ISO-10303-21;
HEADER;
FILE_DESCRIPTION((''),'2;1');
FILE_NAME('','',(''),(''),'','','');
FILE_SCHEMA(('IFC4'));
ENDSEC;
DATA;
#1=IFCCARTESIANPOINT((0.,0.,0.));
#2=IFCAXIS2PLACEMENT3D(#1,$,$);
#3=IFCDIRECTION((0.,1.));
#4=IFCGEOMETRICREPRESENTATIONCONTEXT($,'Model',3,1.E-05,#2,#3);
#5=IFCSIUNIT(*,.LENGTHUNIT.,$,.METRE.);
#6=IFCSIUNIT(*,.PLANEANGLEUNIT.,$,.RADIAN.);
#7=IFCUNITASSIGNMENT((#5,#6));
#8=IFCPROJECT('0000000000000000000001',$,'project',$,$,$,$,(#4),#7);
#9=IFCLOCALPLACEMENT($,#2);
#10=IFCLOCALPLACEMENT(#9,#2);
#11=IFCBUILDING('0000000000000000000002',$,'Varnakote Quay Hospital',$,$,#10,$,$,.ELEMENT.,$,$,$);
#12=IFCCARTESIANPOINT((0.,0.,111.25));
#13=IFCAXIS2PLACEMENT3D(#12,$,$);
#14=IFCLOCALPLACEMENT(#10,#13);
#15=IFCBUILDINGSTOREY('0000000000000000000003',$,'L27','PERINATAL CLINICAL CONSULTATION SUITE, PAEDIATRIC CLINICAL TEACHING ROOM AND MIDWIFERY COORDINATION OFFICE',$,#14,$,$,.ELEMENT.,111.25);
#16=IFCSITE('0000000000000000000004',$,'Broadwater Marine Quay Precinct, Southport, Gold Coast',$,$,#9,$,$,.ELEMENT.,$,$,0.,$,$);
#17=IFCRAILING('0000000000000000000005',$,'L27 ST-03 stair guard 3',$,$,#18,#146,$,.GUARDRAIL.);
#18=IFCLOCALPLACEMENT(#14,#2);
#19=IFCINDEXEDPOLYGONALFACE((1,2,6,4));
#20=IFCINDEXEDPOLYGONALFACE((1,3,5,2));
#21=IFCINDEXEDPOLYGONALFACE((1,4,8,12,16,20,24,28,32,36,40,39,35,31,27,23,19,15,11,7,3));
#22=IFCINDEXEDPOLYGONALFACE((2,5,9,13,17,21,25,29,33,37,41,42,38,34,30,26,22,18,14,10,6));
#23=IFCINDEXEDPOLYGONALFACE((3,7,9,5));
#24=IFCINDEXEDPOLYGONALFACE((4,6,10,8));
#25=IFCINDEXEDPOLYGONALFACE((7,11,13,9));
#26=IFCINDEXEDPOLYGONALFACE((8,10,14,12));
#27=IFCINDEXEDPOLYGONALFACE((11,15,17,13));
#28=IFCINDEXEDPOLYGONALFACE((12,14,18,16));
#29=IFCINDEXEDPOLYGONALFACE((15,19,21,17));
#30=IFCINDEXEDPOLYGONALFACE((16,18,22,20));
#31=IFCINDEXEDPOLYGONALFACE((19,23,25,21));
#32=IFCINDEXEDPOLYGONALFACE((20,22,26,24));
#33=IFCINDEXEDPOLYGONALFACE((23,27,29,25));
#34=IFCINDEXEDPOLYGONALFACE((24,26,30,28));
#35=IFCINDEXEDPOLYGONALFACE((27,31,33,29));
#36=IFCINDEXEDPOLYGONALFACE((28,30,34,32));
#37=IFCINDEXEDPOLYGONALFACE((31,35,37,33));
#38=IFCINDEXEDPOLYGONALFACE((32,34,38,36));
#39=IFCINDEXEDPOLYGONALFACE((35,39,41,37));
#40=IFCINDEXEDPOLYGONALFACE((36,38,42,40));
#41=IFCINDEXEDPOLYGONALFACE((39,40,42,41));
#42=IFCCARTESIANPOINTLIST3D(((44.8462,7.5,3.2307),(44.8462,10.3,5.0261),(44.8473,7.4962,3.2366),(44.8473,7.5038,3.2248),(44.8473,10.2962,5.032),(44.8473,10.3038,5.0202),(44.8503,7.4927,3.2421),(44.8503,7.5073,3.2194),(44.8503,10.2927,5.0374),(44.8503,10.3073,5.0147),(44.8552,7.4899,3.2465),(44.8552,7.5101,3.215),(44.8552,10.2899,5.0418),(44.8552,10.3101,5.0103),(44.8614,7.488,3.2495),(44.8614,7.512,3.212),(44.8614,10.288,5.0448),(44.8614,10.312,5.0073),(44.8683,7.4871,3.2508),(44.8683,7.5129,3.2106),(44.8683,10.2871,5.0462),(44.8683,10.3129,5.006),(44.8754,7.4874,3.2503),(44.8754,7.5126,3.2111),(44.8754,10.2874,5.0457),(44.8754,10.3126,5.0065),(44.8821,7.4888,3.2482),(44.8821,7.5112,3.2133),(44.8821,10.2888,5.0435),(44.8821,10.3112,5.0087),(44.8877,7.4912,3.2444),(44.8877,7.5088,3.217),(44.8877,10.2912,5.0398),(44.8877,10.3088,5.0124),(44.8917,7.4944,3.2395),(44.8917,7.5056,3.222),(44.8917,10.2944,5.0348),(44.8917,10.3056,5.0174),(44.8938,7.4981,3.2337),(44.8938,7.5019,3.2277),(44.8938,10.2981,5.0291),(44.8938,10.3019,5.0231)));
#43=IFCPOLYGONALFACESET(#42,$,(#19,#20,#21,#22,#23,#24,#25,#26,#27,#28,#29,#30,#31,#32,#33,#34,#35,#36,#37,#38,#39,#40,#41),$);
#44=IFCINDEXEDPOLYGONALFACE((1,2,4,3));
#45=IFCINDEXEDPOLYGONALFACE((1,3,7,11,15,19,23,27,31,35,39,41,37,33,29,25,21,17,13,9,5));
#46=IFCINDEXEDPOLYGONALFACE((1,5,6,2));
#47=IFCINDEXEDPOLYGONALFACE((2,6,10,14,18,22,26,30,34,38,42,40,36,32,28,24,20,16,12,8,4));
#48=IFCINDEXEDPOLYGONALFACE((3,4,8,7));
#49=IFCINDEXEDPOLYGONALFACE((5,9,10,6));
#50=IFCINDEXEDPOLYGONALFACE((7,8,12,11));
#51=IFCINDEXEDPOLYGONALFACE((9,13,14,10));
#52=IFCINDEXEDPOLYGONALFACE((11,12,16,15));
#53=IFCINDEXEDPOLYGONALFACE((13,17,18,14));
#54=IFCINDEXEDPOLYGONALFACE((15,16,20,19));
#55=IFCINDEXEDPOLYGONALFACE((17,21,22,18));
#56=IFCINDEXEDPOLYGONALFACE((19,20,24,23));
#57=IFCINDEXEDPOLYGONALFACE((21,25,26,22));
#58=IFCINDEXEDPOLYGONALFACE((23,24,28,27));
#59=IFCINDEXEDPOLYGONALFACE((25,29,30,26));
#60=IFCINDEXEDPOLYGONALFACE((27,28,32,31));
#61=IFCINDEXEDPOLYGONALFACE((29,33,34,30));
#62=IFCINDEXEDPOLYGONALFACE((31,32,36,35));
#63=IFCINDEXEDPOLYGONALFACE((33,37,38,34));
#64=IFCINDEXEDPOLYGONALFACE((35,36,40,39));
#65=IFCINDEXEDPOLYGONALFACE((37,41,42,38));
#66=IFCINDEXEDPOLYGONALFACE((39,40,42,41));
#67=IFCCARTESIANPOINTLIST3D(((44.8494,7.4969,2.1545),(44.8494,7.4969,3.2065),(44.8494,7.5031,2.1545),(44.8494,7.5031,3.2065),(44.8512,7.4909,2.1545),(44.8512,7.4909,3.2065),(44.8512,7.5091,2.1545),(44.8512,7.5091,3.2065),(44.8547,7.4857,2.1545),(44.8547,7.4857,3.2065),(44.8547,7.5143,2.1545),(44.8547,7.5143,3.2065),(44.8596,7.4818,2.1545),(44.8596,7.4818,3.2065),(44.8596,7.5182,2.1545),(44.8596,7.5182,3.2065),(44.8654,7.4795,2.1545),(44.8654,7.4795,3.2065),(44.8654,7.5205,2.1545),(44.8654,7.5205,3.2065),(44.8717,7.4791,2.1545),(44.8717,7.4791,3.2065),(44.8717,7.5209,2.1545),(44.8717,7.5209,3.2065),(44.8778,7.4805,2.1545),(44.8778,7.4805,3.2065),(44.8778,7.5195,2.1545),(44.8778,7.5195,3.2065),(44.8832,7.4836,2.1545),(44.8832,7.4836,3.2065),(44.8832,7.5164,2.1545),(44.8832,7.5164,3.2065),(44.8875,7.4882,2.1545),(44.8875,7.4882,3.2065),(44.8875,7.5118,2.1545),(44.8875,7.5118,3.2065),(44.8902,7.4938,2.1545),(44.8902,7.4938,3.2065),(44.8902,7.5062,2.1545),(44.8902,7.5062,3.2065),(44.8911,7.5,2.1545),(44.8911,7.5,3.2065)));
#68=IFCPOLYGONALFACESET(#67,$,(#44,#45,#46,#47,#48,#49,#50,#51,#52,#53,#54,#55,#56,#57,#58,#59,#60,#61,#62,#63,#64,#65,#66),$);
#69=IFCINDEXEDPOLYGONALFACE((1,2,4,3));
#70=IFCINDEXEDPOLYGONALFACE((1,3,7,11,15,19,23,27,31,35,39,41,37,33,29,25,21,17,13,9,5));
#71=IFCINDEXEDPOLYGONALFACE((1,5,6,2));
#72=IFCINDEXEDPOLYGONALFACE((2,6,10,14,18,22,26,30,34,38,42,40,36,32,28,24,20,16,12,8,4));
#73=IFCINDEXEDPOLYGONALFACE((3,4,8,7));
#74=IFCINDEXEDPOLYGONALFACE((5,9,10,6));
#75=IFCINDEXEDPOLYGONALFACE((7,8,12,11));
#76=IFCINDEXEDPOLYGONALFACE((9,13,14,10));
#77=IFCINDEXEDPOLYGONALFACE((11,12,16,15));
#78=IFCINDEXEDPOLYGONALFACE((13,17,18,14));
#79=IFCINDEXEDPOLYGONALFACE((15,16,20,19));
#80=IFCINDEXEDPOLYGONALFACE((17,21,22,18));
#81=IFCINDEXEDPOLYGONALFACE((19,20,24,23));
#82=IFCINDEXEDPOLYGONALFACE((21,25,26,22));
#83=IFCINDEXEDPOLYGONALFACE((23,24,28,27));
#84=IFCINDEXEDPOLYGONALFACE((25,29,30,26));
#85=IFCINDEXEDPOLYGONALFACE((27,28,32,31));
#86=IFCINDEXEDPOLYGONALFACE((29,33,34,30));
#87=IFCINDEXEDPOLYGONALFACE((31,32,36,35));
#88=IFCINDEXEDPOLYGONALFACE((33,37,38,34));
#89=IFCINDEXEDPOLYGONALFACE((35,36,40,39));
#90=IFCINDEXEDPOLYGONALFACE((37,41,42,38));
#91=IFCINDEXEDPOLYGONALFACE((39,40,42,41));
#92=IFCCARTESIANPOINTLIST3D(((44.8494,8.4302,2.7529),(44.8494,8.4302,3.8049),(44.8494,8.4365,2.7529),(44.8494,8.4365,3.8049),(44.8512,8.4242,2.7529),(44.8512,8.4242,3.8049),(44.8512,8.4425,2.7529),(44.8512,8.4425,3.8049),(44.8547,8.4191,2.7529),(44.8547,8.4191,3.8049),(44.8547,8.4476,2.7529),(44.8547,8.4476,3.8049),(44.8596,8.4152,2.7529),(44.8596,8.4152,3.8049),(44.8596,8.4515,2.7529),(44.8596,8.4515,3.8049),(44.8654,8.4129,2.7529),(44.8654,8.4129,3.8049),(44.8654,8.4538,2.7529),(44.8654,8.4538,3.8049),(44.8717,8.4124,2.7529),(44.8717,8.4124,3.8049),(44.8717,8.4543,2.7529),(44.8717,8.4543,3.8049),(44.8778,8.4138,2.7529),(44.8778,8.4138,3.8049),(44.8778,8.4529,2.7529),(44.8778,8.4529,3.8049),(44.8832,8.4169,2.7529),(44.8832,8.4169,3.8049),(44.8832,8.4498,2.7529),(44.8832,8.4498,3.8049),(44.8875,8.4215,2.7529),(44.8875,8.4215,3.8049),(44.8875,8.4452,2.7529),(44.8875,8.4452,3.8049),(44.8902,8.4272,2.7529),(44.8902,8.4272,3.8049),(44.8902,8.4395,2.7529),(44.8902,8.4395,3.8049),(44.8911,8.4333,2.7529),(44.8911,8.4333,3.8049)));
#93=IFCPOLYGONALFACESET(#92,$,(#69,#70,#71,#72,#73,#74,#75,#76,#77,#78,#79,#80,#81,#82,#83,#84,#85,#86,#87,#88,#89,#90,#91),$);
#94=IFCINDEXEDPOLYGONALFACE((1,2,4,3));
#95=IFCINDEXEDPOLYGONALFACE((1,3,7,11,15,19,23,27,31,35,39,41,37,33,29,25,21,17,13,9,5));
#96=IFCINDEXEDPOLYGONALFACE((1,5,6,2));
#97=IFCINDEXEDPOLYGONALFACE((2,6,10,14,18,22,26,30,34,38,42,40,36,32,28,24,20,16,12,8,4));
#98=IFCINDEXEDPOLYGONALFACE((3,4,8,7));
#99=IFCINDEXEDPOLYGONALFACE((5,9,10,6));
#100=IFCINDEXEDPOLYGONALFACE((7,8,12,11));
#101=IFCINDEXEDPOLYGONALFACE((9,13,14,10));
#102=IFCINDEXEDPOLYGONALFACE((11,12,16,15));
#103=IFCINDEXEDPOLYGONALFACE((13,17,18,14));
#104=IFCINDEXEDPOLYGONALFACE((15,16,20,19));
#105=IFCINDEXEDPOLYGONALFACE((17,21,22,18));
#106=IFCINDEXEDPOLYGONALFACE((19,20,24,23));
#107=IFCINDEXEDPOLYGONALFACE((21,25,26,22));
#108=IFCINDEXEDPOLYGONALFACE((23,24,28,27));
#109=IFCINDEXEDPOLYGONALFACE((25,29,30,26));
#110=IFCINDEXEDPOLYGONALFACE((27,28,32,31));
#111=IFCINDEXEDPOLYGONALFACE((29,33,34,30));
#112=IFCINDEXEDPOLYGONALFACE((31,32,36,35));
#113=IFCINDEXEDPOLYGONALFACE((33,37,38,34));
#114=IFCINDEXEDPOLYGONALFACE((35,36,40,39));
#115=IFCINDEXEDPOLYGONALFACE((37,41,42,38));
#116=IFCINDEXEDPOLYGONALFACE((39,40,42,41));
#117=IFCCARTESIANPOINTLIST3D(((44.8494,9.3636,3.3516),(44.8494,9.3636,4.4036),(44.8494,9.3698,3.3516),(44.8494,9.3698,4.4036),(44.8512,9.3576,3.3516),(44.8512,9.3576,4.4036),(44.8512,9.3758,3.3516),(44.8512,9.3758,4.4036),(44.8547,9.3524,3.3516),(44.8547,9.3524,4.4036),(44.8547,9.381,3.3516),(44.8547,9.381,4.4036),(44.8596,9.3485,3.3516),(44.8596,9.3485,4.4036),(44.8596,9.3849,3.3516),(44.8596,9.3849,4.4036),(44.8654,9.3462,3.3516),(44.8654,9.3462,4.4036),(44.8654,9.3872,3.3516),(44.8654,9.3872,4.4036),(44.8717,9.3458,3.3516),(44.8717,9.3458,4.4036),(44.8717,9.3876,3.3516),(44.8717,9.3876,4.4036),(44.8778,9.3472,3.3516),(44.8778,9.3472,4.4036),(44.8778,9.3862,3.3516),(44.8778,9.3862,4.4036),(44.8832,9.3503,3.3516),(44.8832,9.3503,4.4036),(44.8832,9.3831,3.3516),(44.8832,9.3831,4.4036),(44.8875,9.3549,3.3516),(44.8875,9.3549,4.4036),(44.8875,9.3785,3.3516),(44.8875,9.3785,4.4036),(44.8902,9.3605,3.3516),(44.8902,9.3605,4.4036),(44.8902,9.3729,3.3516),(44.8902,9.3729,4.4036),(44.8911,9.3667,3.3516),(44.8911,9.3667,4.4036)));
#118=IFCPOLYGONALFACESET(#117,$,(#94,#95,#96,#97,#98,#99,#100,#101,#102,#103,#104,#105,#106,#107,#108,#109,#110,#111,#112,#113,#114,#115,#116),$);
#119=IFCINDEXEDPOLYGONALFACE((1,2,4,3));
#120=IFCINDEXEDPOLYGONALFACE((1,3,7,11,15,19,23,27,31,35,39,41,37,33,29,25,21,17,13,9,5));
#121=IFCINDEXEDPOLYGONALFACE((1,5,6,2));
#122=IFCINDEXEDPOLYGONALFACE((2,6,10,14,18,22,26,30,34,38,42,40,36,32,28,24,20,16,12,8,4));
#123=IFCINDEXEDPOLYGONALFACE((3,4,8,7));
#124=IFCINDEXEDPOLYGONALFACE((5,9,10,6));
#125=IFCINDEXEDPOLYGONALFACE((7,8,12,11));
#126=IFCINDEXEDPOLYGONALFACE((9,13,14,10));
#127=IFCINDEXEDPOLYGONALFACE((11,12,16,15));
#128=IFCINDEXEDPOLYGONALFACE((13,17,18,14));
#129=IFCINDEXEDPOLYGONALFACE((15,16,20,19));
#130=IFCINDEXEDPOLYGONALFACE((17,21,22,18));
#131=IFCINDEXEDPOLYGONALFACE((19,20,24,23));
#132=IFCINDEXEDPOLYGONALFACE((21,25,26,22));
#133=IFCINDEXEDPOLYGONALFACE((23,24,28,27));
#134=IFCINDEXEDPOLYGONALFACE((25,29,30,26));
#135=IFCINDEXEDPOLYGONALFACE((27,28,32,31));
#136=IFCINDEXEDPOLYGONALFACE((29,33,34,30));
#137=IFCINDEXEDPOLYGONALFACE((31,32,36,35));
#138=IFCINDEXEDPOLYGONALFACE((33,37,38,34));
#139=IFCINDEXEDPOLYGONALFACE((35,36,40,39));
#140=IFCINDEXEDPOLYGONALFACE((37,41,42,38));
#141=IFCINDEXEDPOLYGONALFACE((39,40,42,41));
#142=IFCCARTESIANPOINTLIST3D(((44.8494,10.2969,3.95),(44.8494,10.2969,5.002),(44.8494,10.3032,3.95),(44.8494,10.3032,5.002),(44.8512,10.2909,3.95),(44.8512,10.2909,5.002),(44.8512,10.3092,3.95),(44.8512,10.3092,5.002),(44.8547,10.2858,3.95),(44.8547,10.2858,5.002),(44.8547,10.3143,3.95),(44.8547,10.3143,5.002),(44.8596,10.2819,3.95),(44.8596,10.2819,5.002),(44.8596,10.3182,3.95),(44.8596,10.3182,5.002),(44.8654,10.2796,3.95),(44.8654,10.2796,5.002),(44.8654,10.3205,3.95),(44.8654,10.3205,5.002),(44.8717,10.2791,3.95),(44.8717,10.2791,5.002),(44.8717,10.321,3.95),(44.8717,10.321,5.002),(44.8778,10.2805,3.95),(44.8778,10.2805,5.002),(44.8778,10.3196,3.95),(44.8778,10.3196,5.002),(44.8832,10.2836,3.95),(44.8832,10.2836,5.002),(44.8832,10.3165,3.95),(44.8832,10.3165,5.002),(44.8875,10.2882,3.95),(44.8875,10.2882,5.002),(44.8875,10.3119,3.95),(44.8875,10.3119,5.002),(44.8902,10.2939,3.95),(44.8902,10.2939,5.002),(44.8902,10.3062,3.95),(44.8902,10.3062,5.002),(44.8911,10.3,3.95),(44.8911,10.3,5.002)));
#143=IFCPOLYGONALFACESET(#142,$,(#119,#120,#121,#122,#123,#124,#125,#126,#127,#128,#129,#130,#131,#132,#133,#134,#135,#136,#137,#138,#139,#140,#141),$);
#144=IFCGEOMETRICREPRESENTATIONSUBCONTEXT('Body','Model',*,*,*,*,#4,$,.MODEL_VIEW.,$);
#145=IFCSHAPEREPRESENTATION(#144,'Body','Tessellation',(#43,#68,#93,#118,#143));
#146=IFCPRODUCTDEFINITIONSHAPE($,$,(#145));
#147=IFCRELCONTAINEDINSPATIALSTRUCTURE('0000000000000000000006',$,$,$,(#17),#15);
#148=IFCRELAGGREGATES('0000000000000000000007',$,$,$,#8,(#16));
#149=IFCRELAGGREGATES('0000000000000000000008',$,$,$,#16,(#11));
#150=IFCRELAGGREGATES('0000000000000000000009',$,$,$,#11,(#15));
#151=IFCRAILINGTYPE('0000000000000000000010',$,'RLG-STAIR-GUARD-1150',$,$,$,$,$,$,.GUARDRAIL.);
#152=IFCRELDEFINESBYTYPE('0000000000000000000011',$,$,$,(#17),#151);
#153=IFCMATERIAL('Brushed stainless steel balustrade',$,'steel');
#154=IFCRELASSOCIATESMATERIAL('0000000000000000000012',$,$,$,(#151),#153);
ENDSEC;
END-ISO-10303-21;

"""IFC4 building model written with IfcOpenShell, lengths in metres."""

from ifc_helpers import new_model, si_unit, direction, frame, origin, origin_2d, place, context, subcontext, project, spatial, circle, extrude, material, type_object, element, save


model = new_model("IFC4")

# Units and contexts
model_context = context("Model", 3, precision=1e-05, world=origin(), true_north=direction((0.0, 1.0)))
body_context = subcontext(model_context, "Body", "Model", "MODEL_VIEW")
ifc_project = project(units=[si_unit("LENGTHUNIT", "METRE"), si_unit("PLANEANGLEUNIT", "RADIAN")], contexts=[model_context])

# Site, building, storey
site_placement = place(None, origin())
site = spatial("IfcSite", under=ifc_project, at=site_placement, Name="Broadwater Marine Quay Precinct, Southport, Gold Coast", CompositionType="ELEMENT", RefElevation=0.0)
building_placement = place(site_placement, origin())
building = spatial("IfcBuilding", under=site, at=building_placement, Name="Varnakote Quay Hospital", CompositionType="ELEMENT")
storey_placement = place(building_placement, frame((0.0, 0.0, 111.25)))
storey = spatial("IfcBuildingStorey", under=building, at=storey_placement, Name="L27", Description="PERINATAL CLINICAL CONSULTATION SUITE, PAEDIATRIC CLINICAL TEACHING ROOM AND MIDWIFERY COORDINATION OFFICE", CompositionType="ELEMENT", Elevation=111.25)

# Railing
ifc_material_1 = material(Name="Brushed stainless steel balustrade", Category="steel")
railing_type_1 = type_object("IfcRailingType", Name="RLG-STAIR-GUARD-1150", PredefinedType="GUARDRAIL", material=ifc_material_1)
railing_1_placement = place(storey_placement, frame((44.8701, 7.5, 2.1545)))
element("IfcRailing", 1, at=railing_1_placement, inside=storey, type_object=railing_type_1, Name="L27 ST-03 stair guard 3", PredefinedType="GUARDRAIL", context=body_context, shape_type="SweptSolid", body=[
    extrude(circle(Radius=0.0239, at=origin_2d()), frame((0.0, 0.0, 1.0762), z_axis=(0.0, 0.84181, 0.539774), x_axis=(-1.0, 0.0, 0.0)), (0.0, 0.0, 1.0), 3.3262),
    extrude(circle(Radius=0.021, at=origin_2d()), origin(), (0.0, 0.0, 1.0), 1.052),
    extrude(circle(Radius=0.021, at=origin_2d()), frame((0.0, 0.9333, 0.5984)), (0.0, 0.0, 1.0), 1.052),
    extrude(circle(Radius=0.021, at=origin_2d()), frame((0.0, 1.8667, 1.197)), (0.0, 0.0, 1.0), 1.052),
    extrude(circle(Radius=0.021, at=origin_2d()), frame((0.0, 2.8, 1.7954)), (0.0, 0.0, 1.0), 1.052),
])

save(model, "model.ifc")
